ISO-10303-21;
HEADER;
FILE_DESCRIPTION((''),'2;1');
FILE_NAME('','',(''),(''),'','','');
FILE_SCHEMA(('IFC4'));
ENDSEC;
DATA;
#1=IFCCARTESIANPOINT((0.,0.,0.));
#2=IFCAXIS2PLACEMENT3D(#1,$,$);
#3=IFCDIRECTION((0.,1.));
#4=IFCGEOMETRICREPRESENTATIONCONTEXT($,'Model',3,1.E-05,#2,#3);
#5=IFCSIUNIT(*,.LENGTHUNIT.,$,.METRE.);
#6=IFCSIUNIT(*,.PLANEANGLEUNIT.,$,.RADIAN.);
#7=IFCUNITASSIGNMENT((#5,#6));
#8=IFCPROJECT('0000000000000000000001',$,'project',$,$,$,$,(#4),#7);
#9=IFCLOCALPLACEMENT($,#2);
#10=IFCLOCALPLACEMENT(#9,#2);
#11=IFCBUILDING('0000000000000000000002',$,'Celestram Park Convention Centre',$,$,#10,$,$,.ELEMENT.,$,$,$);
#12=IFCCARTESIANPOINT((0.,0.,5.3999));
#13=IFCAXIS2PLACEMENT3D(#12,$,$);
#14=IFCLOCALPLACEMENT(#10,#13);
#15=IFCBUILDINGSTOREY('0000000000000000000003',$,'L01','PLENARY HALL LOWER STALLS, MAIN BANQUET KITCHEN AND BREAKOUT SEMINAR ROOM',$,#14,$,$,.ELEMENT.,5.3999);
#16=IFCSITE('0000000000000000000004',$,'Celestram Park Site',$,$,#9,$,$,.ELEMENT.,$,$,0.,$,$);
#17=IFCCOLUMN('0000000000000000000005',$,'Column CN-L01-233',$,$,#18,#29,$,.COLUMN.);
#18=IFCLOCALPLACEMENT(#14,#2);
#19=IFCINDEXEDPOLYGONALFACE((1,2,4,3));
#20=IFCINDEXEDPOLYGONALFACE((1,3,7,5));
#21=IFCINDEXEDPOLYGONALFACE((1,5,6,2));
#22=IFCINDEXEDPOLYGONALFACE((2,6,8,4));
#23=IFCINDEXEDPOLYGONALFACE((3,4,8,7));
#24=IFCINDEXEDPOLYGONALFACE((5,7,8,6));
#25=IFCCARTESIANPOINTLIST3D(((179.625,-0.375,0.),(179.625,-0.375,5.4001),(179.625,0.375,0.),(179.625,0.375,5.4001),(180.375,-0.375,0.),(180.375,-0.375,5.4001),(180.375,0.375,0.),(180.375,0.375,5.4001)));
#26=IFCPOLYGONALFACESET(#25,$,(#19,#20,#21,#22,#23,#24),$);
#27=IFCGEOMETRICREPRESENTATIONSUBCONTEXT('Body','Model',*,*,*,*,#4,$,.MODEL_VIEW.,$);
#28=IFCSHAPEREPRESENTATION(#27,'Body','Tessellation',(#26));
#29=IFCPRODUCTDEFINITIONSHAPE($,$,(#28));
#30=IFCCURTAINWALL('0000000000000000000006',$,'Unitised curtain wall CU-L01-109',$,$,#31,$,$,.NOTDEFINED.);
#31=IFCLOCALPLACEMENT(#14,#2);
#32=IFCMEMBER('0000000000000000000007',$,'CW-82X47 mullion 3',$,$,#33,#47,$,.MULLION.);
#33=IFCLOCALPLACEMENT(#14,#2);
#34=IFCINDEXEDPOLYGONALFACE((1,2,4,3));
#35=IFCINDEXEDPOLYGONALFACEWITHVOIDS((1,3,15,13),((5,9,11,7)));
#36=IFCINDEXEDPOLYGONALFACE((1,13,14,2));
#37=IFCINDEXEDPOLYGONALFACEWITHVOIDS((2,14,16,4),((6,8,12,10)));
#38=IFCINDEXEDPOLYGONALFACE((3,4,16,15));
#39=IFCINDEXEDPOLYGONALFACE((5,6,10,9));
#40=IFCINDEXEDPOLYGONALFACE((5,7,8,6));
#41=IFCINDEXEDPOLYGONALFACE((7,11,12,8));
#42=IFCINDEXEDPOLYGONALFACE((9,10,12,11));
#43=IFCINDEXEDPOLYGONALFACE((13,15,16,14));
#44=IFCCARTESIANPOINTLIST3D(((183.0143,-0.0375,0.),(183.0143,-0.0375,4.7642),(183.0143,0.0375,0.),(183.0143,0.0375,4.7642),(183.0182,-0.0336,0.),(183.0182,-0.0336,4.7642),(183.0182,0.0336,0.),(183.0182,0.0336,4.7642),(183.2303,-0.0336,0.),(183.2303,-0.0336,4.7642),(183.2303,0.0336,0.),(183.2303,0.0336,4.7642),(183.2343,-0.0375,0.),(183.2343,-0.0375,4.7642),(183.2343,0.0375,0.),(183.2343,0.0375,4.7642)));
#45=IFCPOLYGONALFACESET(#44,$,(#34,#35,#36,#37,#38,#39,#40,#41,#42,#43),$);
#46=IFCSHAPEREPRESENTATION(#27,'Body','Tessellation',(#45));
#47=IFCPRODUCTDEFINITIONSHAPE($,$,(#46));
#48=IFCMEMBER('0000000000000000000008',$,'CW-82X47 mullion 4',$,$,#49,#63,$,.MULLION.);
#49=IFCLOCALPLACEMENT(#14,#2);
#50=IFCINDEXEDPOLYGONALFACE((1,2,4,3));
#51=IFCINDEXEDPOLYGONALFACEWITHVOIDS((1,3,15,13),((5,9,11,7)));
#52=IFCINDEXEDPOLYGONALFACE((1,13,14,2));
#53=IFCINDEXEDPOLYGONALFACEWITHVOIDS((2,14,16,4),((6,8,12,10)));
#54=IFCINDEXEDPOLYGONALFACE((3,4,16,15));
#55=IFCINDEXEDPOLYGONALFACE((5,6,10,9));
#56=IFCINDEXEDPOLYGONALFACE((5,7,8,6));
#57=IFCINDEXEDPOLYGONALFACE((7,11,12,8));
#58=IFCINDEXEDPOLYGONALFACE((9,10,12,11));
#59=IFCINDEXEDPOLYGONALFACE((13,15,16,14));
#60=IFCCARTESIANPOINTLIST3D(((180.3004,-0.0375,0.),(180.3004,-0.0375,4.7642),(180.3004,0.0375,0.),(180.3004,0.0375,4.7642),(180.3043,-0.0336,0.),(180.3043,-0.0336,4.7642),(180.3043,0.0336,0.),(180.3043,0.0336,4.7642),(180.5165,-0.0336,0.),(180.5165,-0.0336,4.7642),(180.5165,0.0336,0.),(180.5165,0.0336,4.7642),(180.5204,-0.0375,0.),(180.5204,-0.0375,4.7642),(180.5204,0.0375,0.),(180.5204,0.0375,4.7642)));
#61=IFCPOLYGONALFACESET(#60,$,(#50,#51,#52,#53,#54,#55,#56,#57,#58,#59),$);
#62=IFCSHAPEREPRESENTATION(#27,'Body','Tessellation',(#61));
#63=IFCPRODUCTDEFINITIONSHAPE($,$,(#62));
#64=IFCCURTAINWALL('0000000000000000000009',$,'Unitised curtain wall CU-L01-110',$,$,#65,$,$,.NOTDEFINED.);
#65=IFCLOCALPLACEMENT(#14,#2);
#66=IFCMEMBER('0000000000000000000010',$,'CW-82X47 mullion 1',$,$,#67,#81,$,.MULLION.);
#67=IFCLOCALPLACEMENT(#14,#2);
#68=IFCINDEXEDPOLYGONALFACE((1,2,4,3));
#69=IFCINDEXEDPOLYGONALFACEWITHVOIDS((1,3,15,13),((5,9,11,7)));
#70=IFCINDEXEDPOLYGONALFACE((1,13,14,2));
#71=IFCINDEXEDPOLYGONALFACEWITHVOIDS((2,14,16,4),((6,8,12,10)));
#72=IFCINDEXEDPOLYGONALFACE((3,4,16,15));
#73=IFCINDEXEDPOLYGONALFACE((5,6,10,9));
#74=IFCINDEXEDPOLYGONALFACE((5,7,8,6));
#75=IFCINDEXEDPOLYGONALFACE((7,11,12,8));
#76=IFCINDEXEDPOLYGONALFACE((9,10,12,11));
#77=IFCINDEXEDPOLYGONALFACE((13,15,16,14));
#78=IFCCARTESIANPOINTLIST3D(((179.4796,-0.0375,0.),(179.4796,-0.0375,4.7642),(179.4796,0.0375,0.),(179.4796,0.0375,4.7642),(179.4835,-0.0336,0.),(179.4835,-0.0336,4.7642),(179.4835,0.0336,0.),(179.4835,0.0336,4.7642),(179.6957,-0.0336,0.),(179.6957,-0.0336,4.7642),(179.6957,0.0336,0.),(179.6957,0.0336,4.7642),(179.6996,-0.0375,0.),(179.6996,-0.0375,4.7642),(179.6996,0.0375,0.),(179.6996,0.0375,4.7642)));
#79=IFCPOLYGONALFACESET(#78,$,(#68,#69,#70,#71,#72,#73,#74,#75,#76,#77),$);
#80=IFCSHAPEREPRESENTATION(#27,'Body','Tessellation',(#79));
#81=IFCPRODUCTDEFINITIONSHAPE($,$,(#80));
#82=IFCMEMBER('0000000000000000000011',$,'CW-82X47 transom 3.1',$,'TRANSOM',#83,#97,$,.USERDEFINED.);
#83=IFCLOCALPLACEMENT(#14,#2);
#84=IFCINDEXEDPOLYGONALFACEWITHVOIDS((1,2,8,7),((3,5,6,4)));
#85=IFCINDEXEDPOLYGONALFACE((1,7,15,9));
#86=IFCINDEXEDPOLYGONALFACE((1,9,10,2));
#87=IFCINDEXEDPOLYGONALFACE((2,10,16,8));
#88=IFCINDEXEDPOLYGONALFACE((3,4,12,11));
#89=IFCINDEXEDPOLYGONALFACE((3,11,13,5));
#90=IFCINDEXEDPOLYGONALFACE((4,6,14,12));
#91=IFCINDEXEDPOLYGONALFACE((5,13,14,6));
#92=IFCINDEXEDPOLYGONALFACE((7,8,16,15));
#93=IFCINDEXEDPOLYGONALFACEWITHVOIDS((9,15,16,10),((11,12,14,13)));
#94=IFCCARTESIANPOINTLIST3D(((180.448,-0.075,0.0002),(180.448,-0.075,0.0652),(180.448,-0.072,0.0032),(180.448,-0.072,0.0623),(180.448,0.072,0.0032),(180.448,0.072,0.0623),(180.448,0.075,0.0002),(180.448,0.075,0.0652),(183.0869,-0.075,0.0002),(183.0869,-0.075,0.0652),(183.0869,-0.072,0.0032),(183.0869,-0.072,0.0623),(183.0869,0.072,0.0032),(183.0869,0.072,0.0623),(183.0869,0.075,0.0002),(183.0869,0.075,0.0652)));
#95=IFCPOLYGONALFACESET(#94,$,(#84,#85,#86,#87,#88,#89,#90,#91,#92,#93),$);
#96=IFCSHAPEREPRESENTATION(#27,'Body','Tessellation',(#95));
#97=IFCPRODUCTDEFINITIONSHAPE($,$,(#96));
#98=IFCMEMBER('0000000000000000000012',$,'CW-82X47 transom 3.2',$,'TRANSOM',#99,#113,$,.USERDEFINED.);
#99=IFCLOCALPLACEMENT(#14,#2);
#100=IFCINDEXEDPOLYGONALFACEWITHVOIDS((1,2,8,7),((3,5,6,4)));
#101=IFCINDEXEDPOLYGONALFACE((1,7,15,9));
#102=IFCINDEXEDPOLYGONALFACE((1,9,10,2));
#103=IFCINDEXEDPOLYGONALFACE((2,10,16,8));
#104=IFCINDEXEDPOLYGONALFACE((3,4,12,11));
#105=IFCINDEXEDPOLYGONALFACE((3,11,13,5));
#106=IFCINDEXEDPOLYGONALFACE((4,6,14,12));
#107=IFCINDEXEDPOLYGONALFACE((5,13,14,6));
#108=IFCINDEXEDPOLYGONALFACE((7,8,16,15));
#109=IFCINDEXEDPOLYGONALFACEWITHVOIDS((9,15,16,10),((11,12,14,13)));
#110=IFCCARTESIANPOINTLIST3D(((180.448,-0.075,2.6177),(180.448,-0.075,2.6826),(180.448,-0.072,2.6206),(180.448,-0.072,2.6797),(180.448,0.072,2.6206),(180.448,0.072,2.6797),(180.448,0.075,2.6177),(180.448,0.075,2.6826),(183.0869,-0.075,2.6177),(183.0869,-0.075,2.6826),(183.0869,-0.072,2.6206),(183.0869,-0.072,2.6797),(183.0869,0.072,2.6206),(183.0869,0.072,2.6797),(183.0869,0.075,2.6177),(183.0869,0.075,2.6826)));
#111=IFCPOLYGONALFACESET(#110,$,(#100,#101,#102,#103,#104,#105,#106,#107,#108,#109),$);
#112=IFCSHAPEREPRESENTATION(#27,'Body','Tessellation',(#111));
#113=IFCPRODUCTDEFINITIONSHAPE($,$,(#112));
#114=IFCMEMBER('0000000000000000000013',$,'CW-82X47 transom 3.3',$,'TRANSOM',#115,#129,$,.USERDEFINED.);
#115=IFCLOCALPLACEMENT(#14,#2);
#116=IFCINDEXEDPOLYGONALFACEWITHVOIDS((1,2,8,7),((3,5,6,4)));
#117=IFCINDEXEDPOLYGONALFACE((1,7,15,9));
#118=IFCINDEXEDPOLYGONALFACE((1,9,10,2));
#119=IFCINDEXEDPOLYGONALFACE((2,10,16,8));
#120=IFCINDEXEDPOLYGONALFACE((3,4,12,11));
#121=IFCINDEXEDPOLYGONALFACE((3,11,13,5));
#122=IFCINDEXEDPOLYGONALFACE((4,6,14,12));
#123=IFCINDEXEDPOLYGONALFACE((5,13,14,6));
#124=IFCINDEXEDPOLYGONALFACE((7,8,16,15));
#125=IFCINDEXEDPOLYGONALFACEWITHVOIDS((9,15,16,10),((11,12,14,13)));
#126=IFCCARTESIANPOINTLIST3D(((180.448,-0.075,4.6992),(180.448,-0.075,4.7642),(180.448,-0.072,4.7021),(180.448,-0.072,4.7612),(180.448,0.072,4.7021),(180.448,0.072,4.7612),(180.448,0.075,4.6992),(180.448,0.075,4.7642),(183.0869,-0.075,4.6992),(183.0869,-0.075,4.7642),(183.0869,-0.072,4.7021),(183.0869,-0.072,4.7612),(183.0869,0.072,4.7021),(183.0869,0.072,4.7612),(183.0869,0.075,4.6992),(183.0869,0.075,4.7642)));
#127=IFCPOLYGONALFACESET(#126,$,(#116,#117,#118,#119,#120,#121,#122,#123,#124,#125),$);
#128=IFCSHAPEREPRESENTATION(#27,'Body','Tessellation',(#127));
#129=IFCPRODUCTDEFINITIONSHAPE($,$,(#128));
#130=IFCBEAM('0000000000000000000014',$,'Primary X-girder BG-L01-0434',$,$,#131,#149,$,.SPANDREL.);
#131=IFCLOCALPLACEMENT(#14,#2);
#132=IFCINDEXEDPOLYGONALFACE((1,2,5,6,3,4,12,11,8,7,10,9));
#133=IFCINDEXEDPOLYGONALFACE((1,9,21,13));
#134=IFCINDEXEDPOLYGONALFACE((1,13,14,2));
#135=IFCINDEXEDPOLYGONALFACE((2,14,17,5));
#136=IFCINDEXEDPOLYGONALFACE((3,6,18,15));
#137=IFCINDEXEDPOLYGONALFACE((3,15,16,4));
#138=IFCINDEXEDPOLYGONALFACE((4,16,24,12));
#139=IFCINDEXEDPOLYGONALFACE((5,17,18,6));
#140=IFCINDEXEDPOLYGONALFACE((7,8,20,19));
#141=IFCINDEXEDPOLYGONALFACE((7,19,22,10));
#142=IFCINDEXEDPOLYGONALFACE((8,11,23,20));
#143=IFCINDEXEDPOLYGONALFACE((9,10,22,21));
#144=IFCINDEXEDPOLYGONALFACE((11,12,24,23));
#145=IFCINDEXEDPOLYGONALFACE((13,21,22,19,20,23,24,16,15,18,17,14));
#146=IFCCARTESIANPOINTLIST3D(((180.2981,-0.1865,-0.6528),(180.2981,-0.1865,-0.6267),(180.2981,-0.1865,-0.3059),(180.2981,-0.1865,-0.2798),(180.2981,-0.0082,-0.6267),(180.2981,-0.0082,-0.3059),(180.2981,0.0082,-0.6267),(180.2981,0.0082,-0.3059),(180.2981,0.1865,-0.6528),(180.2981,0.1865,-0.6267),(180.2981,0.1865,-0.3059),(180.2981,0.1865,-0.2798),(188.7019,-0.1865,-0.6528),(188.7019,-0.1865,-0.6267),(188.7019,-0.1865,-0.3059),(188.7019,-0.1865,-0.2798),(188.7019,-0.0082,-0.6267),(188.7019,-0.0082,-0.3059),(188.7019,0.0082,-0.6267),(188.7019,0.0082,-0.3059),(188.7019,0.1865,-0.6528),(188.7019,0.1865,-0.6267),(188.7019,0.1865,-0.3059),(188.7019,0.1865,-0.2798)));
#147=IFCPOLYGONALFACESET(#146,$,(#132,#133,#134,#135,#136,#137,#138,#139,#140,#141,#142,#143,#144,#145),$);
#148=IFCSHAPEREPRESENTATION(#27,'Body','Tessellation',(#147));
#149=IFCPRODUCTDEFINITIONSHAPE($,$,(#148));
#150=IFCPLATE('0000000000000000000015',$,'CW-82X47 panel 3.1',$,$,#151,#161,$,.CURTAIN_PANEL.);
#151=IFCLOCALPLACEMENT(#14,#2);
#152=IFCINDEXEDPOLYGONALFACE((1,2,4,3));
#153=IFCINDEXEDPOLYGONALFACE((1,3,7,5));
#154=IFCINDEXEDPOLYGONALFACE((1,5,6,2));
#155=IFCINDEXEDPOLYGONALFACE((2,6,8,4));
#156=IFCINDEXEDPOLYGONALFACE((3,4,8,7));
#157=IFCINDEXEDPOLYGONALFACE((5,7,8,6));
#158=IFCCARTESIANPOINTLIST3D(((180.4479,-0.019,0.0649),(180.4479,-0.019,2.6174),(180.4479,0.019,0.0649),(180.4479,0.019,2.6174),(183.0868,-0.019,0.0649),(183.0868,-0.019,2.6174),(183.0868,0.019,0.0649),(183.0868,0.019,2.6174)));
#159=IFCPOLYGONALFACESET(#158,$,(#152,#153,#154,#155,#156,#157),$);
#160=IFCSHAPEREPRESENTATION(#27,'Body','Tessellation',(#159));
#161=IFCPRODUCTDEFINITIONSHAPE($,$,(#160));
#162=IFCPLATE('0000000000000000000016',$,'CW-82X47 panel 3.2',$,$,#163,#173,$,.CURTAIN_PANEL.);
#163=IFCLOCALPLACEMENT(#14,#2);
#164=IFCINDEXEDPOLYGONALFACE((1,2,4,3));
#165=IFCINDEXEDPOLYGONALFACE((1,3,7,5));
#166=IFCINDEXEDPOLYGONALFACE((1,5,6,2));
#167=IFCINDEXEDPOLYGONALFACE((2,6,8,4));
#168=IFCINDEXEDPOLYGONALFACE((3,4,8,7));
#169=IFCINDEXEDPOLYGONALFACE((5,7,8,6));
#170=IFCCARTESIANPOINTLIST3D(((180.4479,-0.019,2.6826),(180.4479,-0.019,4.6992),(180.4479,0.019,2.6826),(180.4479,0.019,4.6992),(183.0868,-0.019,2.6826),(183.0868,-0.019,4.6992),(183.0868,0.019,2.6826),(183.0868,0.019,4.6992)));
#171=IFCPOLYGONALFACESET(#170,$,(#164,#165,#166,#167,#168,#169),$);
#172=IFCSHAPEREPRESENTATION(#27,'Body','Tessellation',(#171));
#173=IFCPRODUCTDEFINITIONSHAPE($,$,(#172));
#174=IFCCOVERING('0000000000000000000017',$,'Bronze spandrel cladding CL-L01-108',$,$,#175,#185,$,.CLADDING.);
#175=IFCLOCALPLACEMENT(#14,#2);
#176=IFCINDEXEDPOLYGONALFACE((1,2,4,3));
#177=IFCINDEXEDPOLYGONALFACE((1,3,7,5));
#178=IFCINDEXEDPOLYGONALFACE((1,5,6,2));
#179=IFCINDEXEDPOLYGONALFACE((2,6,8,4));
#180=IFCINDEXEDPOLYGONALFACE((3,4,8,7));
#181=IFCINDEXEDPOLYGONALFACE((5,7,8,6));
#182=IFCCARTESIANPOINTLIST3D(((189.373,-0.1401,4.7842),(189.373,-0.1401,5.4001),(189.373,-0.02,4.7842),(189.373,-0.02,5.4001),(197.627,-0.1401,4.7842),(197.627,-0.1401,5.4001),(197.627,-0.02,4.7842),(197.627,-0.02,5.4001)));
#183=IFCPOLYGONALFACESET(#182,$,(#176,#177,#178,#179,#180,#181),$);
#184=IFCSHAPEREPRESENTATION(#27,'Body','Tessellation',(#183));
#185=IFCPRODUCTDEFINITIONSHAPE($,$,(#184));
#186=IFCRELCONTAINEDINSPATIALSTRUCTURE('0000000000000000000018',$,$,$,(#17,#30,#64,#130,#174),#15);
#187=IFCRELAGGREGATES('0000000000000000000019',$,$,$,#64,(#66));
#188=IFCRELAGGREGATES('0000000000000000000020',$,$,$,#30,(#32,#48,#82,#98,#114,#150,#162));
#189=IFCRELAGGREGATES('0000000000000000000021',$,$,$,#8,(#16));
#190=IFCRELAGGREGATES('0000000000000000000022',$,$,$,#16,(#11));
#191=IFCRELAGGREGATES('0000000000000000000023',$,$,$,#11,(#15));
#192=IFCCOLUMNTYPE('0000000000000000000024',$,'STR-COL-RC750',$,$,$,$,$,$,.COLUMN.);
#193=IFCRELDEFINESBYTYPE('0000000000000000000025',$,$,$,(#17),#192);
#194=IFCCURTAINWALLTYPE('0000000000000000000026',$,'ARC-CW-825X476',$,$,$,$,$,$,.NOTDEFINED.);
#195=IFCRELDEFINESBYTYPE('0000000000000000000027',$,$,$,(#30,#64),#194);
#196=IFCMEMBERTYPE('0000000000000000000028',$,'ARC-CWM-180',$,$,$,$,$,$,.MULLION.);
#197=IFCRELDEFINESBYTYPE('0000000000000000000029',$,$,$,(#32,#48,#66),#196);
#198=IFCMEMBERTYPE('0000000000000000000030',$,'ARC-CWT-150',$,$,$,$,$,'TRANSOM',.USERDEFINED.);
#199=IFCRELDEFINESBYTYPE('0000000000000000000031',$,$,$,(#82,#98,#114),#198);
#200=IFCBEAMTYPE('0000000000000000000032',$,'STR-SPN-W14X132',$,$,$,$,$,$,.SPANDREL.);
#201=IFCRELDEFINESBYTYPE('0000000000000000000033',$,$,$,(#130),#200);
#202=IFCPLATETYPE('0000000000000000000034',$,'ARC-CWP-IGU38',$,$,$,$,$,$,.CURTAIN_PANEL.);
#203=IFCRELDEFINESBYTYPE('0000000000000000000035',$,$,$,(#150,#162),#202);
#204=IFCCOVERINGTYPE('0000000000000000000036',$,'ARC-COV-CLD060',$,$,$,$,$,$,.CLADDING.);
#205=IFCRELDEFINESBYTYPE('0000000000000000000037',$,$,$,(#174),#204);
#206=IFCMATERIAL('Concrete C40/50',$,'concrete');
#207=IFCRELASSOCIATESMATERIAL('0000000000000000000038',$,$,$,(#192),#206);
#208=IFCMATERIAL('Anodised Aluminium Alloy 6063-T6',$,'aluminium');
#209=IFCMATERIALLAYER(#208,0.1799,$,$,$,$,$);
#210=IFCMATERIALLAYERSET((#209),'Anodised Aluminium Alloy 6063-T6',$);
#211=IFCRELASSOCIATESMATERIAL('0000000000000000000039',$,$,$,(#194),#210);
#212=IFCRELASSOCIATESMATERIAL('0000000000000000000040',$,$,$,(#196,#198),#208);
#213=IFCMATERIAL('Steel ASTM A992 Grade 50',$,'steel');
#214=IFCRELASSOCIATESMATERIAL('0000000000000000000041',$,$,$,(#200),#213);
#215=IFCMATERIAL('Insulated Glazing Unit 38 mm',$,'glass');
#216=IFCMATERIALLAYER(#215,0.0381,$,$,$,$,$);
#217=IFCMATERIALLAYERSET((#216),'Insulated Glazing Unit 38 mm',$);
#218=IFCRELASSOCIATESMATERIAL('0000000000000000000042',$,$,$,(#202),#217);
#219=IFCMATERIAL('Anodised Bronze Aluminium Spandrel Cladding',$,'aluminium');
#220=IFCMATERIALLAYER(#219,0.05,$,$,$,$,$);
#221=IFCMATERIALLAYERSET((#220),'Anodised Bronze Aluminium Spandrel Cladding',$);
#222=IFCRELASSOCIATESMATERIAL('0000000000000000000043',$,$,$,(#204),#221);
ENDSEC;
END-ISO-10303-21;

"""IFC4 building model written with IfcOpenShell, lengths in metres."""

from ifc_helpers import new_model, si_unit, direction, frame, origin, origin_2d, place, context, subcontext, project, spatial, rectangle, hollow_rectangle, i_section, extrude, material, layer, layer_set, material_profile, profile_set, type_object, element, aggregate, save


model = new_model("IFC4")

# Units and contexts
model_context = context("Model", 3, precision=1e-05, world=origin(), true_north=direction((0.0, 1.0)))
body_context = subcontext(model_context, "Body", "Model", "MODEL_VIEW")
ifc_project = project(units=[si_unit("LENGTHUNIT", "METRE"), si_unit("PLANEANGLEUNIT", "RADIAN")], contexts=[model_context])

# Site, building, storey
site_placement = place(None, origin())
site = spatial("IfcSite", under=ifc_project, at=site_placement, Name="Celestram Park Site", CompositionType="ELEMENT", RefElevation=0.0)
building_placement = place(site_placement, origin())
building = spatial("IfcBuilding", under=site, at=building_placement, Name="Celestram Park Convention Centre", CompositionType="ELEMENT")
storey_placement = place(building_placement, frame((0.0, 0.0, 5.3999)))
storey = spatial("IfcBuildingStorey", under=building, at=storey_placement, Name="L01", Description="PLENARY HALL LOWER STALLS, MAIN BANQUET KITCHEN AND BREAKOUT SEMINAR ROOM", CompositionType="ELEMENT", Elevation=5.3999)

# Column
ifc_material_1 = material(Name="Concrete C40/50", Category="concrete")
ifc_material_profile_1 = material_profile(ifc_material_1, rectangle(XDim=0.75, YDim=0.75, at=origin_2d()), Name="RC750X750")
ifc_profile_set_1 = profile_set([ifc_material_profile_1], Name="Concrete C40/50")
column_type = type_object("IfcColumnType", Name="STR-COL-RC750", PredefinedType="COLUMN", material=ifc_profile_set_1)
column_placement = place(storey_placement, frame((180.0, 0.0, 0.0), z_axis=(0.0, 0.0, 1.0), x_axis=(1.0, 0.0, 0.0)))
element("IfcColumn", 1, at=column_placement, inside=storey, type_object=column_type, Name="Column CN-L01-233", PredefinedType="COLUMN", context=body_context, shape_type="SweptSolid", body=[
    extrude(rectangle(XDim=0.75, YDim=0.75, at=origin_2d()), origin(), (0.0, 0.0, 1.0), 5.4001),
])

# Curtain wall, members
ifc_material_2 = material(Name="Anodised Aluminium Alloy 6063-T6", Category="aluminium")
ifc_layer_1 = layer(ifc_material_2, 0.1799)
ifc_layer_set_1 = layer_set([ifc_layer_1], Name="Anodised Aluminium Alloy 6063-T6")
curtain_wall_type = type_object("IfcCurtainWallType", Name="ARC-CW-825X476", PredefinedType="NOTDEFINED", material=ifc_layer_set_1)
curtain_wall_1_placement = place(storey_placement, origin())
curtain_wall_1 = element("IfcCurtainWall", 2, at=curtain_wall_1_placement, inside=storey, type_object=curtain_wall_type, Name="Unitised curtain wall CU-L01-109", PredefinedType="NOTDEFINED")
ifc_material_profile_2 = material_profile(ifc_material_2, hollow_rectangle(XDim=0.075, YDim=0.22, WallThickness=0.0039, at=origin_2d()), Name="ALU75X220X4")
ifc_profile_set_2 = profile_set([ifc_material_profile_2], Name="Anodised Aluminium Alloy 6063-T6")
member_type_1 = type_object("IfcMemberType", Name="ARC-CWM-180", PredefinedType="MULLION", material=ifc_profile_set_2)
member_1_placement = place(storey_placement, frame((183.1243, 0.0, 0.0), z_axis=(0.0, 0.0, 1.0), x_axis=(0.0, -1.0, 0.0)))
member_1 = element("IfcMember", 3, at=member_1_placement, type_object=member_type_1, Name="CW-82X47 mullion 3", PredefinedType="MULLION", context=body_context, shape_type="SweptSolid", body=[
    extrude(hollow_rectangle(XDim=0.075, YDim=0.22, WallThickness=0.0039, at=origin_2d()), origin(), (0.0, 0.0, 1.0), 4.7642),
])
member_2_placement = place(storey_placement, frame((180.4104, 0.0, 0.0), z_axis=(0.0, 0.0, 1.0), x_axis=(0.0, -1.0, 0.0)))
member_2 = element("IfcMember", 4, at=member_2_placement, type_object=member_type_1, Name="CW-82X47 mullion 4", PredefinedType="MULLION", context=body_context, shape_type="SweptSolid", body=[
    extrude(hollow_rectangle(XDim=0.075, YDim=0.22, WallThickness=0.0039, at=origin_2d()), origin(), (0.0, 0.0, 1.0), 4.7642),
])

# Curtain wall, member
curtain_wall_2_placement = place(storey_placement, origin())
curtain_wall_2 = element("IfcCurtainWall", 5, at=curtain_wall_2_placement, inside=storey, type_object=curtain_wall_type, Name="Unitised curtain wall CU-L01-110", PredefinedType="NOTDEFINED")
member_3_placement = place(storey_placement, frame((179.5896, 0.0, 0.0), z_axis=(0.0, 0.0, 1.0), x_axis=(0.0, -1.0, 0.0)))
member_3 = element("IfcMember", 6, at=member_3_placement, type_object=member_type_1, Name="CW-82X47 mullion 1", PredefinedType="MULLION", context=body_context, shape_type="SweptSolid", body=[
    extrude(hollow_rectangle(XDim=0.075, YDim=0.22, WallThickness=0.0039, at=origin_2d()), origin(), (0.0, 0.0, 1.0), 4.7642),
])
aggregate(curtain_wall_2, [member_3])

# Members
ifc_material_profile_3 = material_profile(ifc_material_2, hollow_rectangle(XDim=0.1499, YDim=0.0649, WallThickness=0.0029, at=origin_2d()), Name="ALU150X65X3")
ifc_profile_set_3 = profile_set([ifc_material_profile_3], Name="Anodised Aluminium Alloy 6063-T6")
member_type_2 = type_object("IfcMemberType", Name="ARC-CWT-150", ElementType="TRANSOM", PredefinedType="USERDEFINED", material=ifc_profile_set_3)
member_4_placement = place(storey_placement, frame((183.0869, 0.0, 0.0327), z_axis=(-1.0, 0.0, 0.0), x_axis=(0.0, -1.0, 0.0)))
member_4 = element("IfcMember", 7, at=member_4_placement, type_object=member_type_2, Name="CW-82X47 transom 3.1", ObjectType="TRANSOM", PredefinedType="USERDEFINED", context=body_context, shape_type="SweptSolid", body=[
    extrude(hollow_rectangle(XDim=0.1499, YDim=0.0649, WallThickness=0.0029, at=origin_2d()), origin(), (0.0, 0.0, 1.0), 2.6389),
])
member_5_placement = place(storey_placement, frame((183.0869, 0.0, 2.6501), z_axis=(-1.0, 0.0, 0.0), x_axis=(0.0, -1.0, 0.0)))
member_5 = element("IfcMember", 8, at=member_5_placement, type_object=member_type_2, Name="CW-82X47 transom 3.2", ObjectType="TRANSOM", PredefinedType="USERDEFINED", context=body_context, shape_type="SweptSolid", body=[
    extrude(hollow_rectangle(XDim=0.1499, YDim=0.0649, WallThickness=0.0029, at=origin_2d()), origin(), (0.0, 0.0, 1.0), 2.6389),
])
member_6_placement = place(storey_placement, frame((183.0869, 0.0, 4.7317), z_axis=(-1.0, 0.0, 0.0), x_axis=(0.0, -1.0, 0.0)))
member_6 = element("IfcMember", 9, at=member_6_placement, type_object=member_type_2, Name="CW-82X47 transom 3.3", ObjectType="TRANSOM", PredefinedType="USERDEFINED", context=body_context, shape_type="SweptSolid", body=[
    extrude(hollow_rectangle(XDim=0.1499, YDim=0.0649, WallThickness=0.0029, at=origin_2d()), origin(), (0.0, 0.0, 1.0), 2.6389),
])

# Beam
ifc_material_3 = material(Name="Steel ASTM A992 Grade 50", Category="steel")
ifc_material_profile_4 = material_profile(ifc_material_3, i_section(OverallWidth=0.373, OverallDepth=0.373, WebThickness=0.0164, FlangeThickness=0.0261, at=origin_2d()), Name="W14X132")
ifc_profile_set_4 = profile_set([ifc_material_profile_4], Name="Steel ASTM A992 Grade 50")
beam_type = type_object("IfcBeamType", Name="STR-SPN-W14X132", PredefinedType="SPANDREL", material=ifc_profile_set_4)
beam_placement = place(storey_placement, frame((180.2981, 0.0, -0.4663), z_axis=(1.0, 0.0, 0.0), x_axis=(0.0, 1.0, 0.0)))
element("IfcBeam", 10, at=beam_placement, inside=storey, type_object=beam_type, Name="Primary X-girder BG-L01-0434", PredefinedType="SPANDREL", context=body_context, shape_type="SweptSolid", body=[
    extrude(i_section(OverallWidth=0.373, OverallDepth=0.373, WebThickness=0.0164, FlangeThickness=0.0261, at=origin_2d()), origin(), (0.0, 0.0, 1.0), 8.4038),
])

# Plates
ifc_material_4 = material(Name="Insulated Glazing Unit 38 mm", Category="glass")
ifc_layer_2 = layer(ifc_material_4, 0.0381)
ifc_layer_set_2 = layer_set([ifc_layer_2], Name="Insulated Glazing Unit 38 mm")
plate_type = type_object("IfcPlateType", Name="ARC-CWP-IGU38", PredefinedType="CURTAIN_PANEL", material=ifc_layer_set_2)
plate_1_placement = place(storey_placement, frame((181.7673, 0.0, 0.0649), z_axis=(0.0, 0.0, 1.0), x_axis=(-1.0, 0.0, 0.0)))
plate_1 = element("IfcPlate", 11, at=plate_1_placement, type_object=plate_type, Name="CW-82X47 panel 3.1", PredefinedType="CURTAIN_PANEL", context=body_context, shape_type="SweptSolid", body=[
    extrude(rectangle(XDim=2.6389, YDim=0.0381, at=origin_2d()), origin(), (0.0, 0.0, 1.0), 2.5525),
])
plate_2_placement = place(storey_placement, frame((181.7673, 0.0, 2.6826), z_axis=(0.0, 0.0, 1.0), x_axis=(-1.0, 0.0, 0.0)))
plate_2 = element("IfcPlate", 12, at=plate_2_placement, type_object=plate_type, Name="CW-82X47 panel 3.2", PredefinedType="CURTAIN_PANEL", context=body_context, shape_type="SweptSolid", body=[
    extrude(rectangle(XDim=2.6389, YDim=0.0381, at=origin_2d()), origin(), (0.0, 0.0, 1.0), 2.0166),
])
aggregate(curtain_wall_1, [member_1, member_2, member_4, member_5, member_6, plate_1, plate_2])

# Covering
ifc_material_5 = material(Name="Anodised Bronze Aluminium Spandrel Cladding", Category="aluminium")
ifc_layer_3 = layer(ifc_material_5, 0.05)
ifc_layer_set_3 = layer_set([ifc_layer_3], Name="Anodised Bronze Aluminium Spandrel Cladding")
covering_type_1 = type_object("IfcCoveringType", Name="ARC-COV-CLD060", PredefinedType="CLADDING", material=ifc_layer_set_3)
for number, where, z_axis, x_axis, name in (
    (13, (193.5, -0.0801, 4.7842), (0.0, 0.0, 1.0), (-1.0, 0.0, 0.0), "Bronze spandrel cladding CL-L01-108"),
):
    element("IfcCovering", number, at=place(storey_placement, frame(where, z_axis=z_axis, x_axis=x_axis)), inside=storey, type_object=covering_type_1, Name=name, PredefinedType="CLADDING", context=body_context, shape_type="SweptSolid", body=[
        extrude(rectangle(XDim=8.2539, YDim=0.1201, at=origin_2d()), origin(), (0.0, 0.0, 1.0), 0.616),
    ])

save(model, "model.ifc")
